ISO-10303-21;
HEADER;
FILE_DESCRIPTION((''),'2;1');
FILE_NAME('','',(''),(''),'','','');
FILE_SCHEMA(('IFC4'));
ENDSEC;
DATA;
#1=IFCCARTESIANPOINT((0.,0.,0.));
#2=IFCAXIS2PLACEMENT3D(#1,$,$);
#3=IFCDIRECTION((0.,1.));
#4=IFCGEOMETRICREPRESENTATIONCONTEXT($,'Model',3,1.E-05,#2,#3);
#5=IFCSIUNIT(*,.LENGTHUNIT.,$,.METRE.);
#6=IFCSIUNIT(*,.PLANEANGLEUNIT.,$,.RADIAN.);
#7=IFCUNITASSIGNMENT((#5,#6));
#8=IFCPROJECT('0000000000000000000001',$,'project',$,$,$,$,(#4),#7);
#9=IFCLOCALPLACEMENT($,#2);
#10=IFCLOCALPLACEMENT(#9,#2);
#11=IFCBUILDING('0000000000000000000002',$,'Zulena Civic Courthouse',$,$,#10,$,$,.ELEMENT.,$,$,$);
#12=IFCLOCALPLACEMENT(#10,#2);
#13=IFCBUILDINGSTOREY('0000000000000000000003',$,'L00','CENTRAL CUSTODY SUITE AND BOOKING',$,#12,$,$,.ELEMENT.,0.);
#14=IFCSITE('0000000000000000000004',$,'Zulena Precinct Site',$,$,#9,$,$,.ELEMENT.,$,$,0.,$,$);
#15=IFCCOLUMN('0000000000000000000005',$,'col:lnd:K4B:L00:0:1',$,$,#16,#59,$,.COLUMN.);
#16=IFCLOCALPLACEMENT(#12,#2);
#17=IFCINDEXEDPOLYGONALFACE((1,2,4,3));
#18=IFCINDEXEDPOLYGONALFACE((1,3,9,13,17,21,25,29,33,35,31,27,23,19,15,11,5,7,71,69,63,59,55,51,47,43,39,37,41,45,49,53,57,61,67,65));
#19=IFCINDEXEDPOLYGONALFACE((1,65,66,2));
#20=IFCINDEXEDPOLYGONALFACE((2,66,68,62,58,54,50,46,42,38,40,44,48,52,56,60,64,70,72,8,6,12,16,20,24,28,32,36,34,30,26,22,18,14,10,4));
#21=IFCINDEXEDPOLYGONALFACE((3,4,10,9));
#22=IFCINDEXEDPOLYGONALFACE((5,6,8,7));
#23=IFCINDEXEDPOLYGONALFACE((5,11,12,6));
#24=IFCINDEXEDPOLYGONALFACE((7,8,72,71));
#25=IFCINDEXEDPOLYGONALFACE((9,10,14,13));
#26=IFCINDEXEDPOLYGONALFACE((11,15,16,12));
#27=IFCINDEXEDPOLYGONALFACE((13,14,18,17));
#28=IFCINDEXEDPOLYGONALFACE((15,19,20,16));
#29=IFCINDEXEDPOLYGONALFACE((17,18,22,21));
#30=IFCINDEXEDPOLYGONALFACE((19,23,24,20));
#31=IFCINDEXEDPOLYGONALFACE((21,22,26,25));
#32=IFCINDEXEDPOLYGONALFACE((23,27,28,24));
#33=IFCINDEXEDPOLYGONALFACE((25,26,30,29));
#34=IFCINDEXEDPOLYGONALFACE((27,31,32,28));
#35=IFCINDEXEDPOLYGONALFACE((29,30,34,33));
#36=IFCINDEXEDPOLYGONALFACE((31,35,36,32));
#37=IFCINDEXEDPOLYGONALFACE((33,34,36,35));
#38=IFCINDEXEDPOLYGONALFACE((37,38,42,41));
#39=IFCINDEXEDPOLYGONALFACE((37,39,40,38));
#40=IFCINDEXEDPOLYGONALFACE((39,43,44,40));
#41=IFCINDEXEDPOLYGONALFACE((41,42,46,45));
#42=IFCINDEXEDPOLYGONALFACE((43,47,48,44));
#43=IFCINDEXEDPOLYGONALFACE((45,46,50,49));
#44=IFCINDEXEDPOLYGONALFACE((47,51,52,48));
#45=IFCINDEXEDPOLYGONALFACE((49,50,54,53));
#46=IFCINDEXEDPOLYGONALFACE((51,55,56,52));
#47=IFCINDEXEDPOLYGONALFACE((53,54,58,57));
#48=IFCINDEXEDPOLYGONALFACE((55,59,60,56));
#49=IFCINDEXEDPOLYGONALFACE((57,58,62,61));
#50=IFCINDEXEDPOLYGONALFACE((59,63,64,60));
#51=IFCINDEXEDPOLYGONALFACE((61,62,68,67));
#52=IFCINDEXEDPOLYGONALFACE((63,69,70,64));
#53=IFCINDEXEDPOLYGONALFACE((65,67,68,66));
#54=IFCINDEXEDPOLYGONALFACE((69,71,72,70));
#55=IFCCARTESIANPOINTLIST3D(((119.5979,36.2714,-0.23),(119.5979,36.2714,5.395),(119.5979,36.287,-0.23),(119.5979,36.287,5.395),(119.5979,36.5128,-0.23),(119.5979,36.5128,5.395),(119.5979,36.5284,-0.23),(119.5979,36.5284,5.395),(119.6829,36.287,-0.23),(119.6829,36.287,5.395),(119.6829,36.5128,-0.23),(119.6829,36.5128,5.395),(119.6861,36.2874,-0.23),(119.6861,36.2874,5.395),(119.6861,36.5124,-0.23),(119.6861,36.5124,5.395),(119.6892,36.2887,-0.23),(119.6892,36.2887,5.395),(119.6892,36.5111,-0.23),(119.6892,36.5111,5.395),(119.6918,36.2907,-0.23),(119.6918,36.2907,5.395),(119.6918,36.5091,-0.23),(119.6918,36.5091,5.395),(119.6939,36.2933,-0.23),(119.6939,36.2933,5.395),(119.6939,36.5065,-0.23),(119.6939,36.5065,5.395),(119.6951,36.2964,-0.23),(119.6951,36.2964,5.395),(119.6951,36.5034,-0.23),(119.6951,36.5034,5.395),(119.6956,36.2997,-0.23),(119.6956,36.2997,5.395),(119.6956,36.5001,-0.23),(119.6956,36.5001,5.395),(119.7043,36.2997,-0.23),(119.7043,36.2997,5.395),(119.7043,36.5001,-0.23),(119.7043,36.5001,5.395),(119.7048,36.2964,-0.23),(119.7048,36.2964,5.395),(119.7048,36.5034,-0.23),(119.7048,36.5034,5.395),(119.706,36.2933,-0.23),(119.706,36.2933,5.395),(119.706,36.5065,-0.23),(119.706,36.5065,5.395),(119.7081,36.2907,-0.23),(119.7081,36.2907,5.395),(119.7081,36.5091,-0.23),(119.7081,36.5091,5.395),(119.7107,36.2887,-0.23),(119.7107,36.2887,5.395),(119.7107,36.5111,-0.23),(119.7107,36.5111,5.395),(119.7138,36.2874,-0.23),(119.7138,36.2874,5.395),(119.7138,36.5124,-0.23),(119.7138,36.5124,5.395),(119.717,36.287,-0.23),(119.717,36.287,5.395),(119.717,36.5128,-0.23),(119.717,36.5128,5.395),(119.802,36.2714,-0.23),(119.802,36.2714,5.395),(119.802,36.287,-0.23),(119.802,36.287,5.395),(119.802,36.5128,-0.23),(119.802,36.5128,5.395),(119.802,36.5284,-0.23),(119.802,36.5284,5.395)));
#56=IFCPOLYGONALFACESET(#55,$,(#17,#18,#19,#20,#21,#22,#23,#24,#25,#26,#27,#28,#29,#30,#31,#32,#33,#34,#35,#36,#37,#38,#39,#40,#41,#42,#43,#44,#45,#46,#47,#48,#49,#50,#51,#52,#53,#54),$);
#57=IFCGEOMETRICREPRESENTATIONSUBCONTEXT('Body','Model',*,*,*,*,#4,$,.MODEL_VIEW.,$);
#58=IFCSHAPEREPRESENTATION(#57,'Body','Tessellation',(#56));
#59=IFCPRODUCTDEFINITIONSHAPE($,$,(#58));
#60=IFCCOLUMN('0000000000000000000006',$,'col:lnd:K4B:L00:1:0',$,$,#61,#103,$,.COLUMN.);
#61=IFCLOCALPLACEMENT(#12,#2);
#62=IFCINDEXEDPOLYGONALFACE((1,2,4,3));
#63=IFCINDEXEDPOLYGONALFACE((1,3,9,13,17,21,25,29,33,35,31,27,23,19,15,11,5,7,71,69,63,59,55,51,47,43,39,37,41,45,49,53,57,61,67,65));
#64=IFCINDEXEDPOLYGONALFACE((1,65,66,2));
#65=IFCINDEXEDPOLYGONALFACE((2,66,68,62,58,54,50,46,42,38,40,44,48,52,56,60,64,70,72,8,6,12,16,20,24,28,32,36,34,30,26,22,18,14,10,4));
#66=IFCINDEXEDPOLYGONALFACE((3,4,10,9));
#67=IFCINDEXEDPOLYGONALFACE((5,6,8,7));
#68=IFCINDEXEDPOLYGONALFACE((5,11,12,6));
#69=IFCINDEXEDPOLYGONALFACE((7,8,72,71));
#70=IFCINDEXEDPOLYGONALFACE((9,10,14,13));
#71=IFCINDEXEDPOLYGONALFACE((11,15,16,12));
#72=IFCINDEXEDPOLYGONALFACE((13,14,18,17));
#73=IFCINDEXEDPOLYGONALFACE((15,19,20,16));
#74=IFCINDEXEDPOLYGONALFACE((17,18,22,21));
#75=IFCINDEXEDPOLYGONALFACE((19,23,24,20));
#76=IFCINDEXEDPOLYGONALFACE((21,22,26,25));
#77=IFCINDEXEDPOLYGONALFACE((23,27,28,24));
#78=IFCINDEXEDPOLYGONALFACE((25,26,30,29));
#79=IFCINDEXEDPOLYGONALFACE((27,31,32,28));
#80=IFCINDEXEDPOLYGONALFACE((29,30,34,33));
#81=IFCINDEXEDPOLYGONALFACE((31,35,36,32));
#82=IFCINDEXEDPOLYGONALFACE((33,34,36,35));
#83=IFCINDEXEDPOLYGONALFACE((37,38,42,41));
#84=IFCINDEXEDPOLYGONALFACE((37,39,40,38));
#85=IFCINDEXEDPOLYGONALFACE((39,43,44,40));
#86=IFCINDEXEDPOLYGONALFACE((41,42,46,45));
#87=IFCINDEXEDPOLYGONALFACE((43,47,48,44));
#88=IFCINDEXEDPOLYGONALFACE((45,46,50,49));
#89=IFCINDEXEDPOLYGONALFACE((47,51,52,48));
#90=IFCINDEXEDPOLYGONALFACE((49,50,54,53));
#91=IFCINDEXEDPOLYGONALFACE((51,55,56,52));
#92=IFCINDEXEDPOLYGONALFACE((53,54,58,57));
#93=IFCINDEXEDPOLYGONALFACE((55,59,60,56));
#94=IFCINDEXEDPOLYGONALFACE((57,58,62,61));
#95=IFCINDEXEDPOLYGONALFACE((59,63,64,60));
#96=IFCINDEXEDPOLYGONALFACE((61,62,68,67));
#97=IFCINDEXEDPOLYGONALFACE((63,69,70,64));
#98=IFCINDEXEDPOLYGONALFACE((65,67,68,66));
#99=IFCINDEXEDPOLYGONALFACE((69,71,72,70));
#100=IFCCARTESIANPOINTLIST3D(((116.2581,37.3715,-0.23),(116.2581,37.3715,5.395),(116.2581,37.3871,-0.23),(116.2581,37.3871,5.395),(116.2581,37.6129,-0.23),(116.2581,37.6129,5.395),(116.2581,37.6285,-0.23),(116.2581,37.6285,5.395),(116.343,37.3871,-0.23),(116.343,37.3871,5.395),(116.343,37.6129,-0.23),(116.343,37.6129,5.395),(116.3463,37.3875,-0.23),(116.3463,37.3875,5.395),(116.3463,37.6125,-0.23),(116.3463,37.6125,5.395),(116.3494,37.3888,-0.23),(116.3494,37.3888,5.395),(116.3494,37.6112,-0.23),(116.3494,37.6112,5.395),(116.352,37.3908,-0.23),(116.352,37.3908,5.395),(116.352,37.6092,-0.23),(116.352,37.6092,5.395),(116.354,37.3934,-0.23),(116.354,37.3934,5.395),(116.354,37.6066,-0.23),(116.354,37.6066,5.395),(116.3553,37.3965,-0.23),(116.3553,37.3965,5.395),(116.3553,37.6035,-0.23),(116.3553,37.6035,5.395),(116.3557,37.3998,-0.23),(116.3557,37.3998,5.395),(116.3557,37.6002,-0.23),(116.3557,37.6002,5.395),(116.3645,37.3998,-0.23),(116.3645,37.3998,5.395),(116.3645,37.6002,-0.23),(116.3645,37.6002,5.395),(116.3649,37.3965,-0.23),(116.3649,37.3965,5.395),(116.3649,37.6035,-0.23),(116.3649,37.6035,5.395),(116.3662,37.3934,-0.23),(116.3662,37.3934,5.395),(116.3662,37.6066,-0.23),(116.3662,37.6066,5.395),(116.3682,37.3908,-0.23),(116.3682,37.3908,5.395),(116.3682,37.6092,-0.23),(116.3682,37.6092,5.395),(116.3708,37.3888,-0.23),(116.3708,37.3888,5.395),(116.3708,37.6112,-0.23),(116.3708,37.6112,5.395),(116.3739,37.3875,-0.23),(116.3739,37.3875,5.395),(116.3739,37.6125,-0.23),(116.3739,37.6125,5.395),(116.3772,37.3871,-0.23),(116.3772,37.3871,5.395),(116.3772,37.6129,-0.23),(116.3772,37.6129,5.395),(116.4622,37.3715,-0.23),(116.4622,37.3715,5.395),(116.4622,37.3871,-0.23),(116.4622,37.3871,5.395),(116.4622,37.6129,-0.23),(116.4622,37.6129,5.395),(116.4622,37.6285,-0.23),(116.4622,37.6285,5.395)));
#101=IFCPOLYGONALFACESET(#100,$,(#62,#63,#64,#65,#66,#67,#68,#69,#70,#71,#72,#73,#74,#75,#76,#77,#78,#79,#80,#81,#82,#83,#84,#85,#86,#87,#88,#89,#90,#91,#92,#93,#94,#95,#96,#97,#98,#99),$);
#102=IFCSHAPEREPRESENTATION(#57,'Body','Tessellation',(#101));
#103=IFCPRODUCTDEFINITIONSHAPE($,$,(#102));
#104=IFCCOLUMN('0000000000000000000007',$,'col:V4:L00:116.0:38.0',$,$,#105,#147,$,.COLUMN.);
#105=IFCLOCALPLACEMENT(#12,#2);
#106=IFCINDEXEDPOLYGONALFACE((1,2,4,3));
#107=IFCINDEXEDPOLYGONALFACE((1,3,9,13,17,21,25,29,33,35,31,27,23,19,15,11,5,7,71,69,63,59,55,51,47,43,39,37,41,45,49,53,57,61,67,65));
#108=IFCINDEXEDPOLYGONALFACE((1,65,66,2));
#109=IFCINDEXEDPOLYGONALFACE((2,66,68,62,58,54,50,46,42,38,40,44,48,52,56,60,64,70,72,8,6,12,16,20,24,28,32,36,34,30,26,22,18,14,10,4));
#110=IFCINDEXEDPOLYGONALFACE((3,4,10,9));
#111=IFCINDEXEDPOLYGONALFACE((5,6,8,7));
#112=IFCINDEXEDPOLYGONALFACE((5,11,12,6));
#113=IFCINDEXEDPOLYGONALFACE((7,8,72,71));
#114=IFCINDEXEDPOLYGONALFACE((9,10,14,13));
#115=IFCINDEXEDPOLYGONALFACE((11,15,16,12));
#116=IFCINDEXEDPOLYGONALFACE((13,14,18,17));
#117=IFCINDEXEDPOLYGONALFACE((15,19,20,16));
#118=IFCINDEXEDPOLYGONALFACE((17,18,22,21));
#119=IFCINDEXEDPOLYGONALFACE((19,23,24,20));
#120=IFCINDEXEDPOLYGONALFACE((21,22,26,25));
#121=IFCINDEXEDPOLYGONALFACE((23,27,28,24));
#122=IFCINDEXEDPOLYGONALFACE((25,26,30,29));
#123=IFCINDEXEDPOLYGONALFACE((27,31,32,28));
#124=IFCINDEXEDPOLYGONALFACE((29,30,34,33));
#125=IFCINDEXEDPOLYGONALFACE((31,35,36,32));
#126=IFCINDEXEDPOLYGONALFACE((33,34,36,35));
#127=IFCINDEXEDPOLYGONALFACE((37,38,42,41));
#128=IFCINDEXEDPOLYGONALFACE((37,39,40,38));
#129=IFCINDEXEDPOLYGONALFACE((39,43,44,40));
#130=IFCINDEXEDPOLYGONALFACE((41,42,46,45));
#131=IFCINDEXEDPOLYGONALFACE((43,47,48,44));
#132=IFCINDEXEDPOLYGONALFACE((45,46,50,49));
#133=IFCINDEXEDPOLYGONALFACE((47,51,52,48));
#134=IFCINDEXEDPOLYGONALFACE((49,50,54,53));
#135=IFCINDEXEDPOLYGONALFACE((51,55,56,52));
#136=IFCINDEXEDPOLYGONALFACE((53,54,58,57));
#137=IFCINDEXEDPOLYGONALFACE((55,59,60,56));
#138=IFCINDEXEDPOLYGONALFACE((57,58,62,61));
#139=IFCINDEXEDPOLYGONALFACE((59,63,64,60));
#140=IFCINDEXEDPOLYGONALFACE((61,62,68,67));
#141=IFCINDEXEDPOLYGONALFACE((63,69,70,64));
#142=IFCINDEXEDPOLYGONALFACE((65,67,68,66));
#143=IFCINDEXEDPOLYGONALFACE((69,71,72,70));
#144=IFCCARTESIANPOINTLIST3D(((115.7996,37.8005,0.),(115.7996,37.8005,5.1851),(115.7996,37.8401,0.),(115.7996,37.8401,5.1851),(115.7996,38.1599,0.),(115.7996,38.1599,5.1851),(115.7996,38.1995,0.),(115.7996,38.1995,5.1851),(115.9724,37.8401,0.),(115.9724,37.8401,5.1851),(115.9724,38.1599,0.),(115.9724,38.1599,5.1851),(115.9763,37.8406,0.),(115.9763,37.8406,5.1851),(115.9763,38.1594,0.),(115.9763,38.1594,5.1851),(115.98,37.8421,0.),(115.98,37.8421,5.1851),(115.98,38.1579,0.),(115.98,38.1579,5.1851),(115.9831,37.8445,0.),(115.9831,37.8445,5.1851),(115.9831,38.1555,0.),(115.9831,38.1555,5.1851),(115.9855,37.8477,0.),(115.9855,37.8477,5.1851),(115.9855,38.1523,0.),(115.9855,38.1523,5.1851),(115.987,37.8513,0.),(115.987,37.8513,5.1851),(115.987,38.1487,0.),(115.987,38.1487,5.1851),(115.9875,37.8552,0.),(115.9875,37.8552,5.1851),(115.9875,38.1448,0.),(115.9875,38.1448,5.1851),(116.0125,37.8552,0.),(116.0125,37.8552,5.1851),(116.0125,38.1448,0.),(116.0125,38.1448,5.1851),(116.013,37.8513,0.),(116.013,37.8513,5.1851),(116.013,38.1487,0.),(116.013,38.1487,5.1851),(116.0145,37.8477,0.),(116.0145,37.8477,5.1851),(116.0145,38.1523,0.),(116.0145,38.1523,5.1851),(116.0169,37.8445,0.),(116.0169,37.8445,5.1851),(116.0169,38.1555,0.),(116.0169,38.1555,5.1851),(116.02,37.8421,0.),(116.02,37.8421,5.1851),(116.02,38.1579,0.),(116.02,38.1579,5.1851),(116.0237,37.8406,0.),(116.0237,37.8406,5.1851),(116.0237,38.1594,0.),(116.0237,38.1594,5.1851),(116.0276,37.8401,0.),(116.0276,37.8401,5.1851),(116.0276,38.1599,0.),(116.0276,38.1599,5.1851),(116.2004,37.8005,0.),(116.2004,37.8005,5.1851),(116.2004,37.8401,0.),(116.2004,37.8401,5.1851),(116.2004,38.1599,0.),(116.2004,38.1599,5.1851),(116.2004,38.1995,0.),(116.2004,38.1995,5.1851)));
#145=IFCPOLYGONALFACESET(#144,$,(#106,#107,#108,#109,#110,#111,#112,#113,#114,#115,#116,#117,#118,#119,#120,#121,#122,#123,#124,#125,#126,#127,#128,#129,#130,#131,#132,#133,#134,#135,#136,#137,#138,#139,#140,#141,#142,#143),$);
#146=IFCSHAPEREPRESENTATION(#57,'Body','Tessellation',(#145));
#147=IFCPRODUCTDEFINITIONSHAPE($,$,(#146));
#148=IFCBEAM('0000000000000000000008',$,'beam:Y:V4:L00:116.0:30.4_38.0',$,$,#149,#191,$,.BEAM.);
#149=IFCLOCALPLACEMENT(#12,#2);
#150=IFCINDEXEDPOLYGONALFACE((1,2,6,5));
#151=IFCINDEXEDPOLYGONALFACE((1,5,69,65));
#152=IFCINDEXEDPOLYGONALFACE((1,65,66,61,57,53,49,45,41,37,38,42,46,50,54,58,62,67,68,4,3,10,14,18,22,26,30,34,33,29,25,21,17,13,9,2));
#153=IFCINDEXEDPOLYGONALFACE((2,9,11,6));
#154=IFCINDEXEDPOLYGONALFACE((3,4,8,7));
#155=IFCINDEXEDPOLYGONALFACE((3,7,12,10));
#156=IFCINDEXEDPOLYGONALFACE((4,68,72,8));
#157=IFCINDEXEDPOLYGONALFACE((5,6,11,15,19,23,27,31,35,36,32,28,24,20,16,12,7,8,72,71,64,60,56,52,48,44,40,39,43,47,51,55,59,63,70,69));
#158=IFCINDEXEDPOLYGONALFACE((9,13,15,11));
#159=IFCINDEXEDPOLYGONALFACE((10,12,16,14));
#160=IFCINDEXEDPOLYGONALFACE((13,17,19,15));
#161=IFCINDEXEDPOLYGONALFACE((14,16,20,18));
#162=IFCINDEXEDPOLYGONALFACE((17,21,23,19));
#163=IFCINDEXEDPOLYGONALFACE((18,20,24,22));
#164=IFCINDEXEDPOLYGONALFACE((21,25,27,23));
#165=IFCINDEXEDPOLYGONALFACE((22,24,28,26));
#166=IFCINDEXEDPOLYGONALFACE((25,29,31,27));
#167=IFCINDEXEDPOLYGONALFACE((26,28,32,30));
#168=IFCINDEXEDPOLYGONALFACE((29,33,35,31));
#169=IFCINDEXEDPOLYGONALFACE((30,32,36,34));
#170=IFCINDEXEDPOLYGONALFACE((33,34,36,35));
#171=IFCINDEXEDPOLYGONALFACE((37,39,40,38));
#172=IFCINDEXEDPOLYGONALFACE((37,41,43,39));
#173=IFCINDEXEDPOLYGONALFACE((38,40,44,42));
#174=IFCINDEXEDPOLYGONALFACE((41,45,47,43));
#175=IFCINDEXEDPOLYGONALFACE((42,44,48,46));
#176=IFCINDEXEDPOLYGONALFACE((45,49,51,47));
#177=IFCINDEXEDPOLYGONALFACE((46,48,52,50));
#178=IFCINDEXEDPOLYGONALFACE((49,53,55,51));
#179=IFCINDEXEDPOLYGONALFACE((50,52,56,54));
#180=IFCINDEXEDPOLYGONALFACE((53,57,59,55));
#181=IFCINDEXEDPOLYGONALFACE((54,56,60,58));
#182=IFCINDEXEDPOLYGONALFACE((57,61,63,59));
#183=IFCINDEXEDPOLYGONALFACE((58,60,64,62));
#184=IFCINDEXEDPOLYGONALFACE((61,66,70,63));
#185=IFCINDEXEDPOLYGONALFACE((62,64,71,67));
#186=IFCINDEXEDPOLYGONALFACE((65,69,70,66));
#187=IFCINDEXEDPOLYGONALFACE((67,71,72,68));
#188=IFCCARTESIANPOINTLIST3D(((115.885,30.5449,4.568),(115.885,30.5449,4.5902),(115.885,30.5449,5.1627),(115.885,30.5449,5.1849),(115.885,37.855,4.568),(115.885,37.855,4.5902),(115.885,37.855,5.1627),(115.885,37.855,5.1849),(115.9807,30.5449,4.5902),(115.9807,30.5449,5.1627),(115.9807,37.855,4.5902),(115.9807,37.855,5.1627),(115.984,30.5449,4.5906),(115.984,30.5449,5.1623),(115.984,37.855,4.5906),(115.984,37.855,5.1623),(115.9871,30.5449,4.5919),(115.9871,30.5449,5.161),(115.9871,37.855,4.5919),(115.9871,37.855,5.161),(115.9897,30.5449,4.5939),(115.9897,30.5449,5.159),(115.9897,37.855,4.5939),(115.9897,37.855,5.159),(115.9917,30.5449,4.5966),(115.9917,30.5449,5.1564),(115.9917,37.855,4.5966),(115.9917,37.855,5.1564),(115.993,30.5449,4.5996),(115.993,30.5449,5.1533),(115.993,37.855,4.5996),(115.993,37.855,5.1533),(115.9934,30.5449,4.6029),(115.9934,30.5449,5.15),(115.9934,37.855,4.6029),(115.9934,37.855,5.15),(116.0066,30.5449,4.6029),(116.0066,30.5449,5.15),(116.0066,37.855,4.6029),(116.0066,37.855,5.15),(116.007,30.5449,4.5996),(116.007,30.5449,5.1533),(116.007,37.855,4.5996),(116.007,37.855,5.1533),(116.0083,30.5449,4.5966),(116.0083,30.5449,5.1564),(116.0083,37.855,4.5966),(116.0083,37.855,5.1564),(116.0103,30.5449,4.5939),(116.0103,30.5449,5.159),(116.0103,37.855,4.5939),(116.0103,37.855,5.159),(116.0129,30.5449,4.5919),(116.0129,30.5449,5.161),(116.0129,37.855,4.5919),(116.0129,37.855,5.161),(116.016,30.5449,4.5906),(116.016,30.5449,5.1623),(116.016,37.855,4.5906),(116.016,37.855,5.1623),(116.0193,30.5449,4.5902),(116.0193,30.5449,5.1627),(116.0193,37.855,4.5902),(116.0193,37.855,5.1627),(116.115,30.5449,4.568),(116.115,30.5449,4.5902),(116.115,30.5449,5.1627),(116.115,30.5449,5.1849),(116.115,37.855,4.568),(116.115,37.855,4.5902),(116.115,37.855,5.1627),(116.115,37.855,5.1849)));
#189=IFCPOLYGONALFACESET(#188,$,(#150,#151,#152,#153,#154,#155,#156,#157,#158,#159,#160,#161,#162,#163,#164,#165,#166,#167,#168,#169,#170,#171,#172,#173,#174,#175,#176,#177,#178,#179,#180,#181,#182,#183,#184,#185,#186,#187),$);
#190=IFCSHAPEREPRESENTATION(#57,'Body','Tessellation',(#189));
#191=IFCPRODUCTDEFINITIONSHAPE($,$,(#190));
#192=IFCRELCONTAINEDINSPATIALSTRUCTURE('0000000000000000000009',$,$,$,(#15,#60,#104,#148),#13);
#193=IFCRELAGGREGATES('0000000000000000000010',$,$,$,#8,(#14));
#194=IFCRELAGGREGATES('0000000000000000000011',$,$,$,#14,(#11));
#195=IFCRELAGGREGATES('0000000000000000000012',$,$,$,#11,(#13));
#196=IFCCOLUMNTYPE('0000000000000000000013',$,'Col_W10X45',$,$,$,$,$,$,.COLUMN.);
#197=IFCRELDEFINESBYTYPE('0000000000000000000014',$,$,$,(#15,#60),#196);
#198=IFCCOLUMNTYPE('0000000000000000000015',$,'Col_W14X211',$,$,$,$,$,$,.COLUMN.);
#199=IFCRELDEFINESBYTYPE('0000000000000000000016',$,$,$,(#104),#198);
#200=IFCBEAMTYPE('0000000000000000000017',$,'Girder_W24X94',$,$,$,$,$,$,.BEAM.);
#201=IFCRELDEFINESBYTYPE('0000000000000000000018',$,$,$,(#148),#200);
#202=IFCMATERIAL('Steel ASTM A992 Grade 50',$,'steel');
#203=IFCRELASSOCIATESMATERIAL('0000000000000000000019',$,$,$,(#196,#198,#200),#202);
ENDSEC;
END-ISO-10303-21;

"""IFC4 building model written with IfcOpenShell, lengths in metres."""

from ifc_helpers import new_model, si_unit, direction, frame, origin, origin_2d, place, context, subcontext, project, spatial, i_section, extrude, material, material_profile, profile_set, type_object, element, save


model = new_model("IFC4")

# Units and contexts
model_context = context("Model", 3, precision=1e-05, world=origin(), true_north=direction((0.0, 1.0)))
body_context = subcontext(model_context, "Body", "Model", "MODEL_VIEW")
ifc_project = project(units=[si_unit("LENGTHUNIT", "METRE"), si_unit("PLANEANGLEUNIT", "RADIAN")], contexts=[model_context])

# Site, building, storey
site_placement = place(None, origin())
site = spatial("IfcSite", under=ifc_project, at=site_placement, Name="Zulena Precinct Site", CompositionType="ELEMENT", RefElevation=0.0)
building_placement = place(site_placement, origin())
building = spatial("IfcBuilding", under=site, at=building_placement, Name="Zulena Civic Courthouse", CompositionType="ELEMENT")
storey_placement = place(building_placement, origin())
storey = spatial("IfcBuildingStorey", under=building, at=storey_placement, Name="L00", Description="CENTRAL CUSTODY SUITE AND BOOKING", CompositionType="ELEMENT", Elevation=0.0)

# Columns
ifc_material_1 = material(Name="Steel ASTM A992 Grade 50", Category="steel")
ifc_material_profile_1 = material_profile(ifc_material_1, i_section(OverallWidth=0.2041, OverallDepth=0.2571, WebThickness=0.0088, FlangeThickness=0.0156, FilletRadius=0.0127, at=origin_2d()), Name="W10X45")
ifc_profile_set_1 = profile_set([ifc_material_profile_1], Name="Steel ASTM A992 Grade 50")
column_type_1 = type_object("IfcColumnType", Name="Col_W10X45", PredefinedType="COLUMN", material=ifc_profile_set_1)
for number, where, z_axis, x_axis, name in (
    (1, (119.7, 36.3999, -0.23), (0.0, 0.0, 1.0), (1.0, 0.0, 0.0), "col:lnd:K4B:L00:0:1"),
    (2, (116.3601, 37.5, -0.23), (0.0, 0.0, 1.0), (1.0, 0.0, 0.0), "col:lnd:K4B:L00:1:0"),
):
    element("IfcColumn", number, at=place(storey_placement, frame(where, z_axis=z_axis, x_axis=x_axis)), inside=storey, type_object=column_type_1, Name=name, PredefinedType="COLUMN", context=body_context, shape_type="SweptSolid", body=[
        extrude(i_section(OverallWidth=0.2041, OverallDepth=0.2571, WebThickness=0.0088, FlangeThickness=0.0156, FilletRadius=0.0127, at=origin_2d()), origin(), (0.0, 0.0, 1.0), 5.625),
    ])
ifc_material_profile_2 = material_profile(ifc_material_1, i_section(OverallWidth=0.4009, OverallDepth=0.3989, WebThickness=0.0249, FlangeThickness=0.0396, FilletRadius=0.0151, at=origin_2d()), Name="W14X211")
ifc_profile_set_2 = profile_set([ifc_material_profile_2], Name="Steel ASTM A992 Grade 50")
column_type_2 = type_object("IfcColumnType", Name="Col_W14X211", PredefinedType="COLUMN", material=ifc_profile_set_2)
column_placement = place(storey_placement, frame((116.0, 38.0, 0.0), z_axis=(0.0, 0.0, 1.0), x_axis=(1.0, 0.0, 0.0)))
element("IfcColumn", 3, at=column_placement, inside=storey, type_object=column_type_2, Name="col:V4:L00:116.0:38.0", PredefinedType="COLUMN", context=body_context, shape_type="SweptSolid", body=[
    extrude(i_section(OverallWidth=0.4009, OverallDepth=0.3989, WebThickness=0.0249, FlangeThickness=0.0396, FilletRadius=0.0151, at=origin_2d()), origin(), (0.0, 0.0, 1.0), 5.1851),
])

# Beam
ifc_material_profile_3 = material_profile(ifc_material_1, i_section(OverallWidth=0.23, OverallDepth=0.6169, WebThickness=0.0132, FlangeThickness=0.0222, FilletRadius=0.0127, at=origin_2d()), Name="W24X94")
ifc_profile_set_3 = profile_set([ifc_material_profile_3], Name="Steel ASTM A992 Grade 50")
beam_type_1 = type_object("IfcBeamType", Name="Girder_W24X94", PredefinedType="BEAM", material=ifc_profile_set_3)
beam_1_placement = place(storey_placement, frame((116.0, 30.5449, 4.8765), z_axis=(0.0, 1.0, 0.0), x_axis=(-1.0, 0.0, 0.0)))
element("IfcBeam", 4, at=beam_1_placement, inside=storey, type_object=beam_type_1, Name="beam:Y:V4:L00:116.0:30.4_38.0", PredefinedType="BEAM", context=body_context, shape_type="SweptSolid", body=[
    extrude(i_section(OverallWidth=0.23, OverallDepth=0.6169, WebThickness=0.0132, FlangeThickness=0.0222, FilletRadius=0.0127, at=origin_2d()), origin(), (0.0, 0.0, 1.0), 7.3101),
])

save(model, "model.ifc")
